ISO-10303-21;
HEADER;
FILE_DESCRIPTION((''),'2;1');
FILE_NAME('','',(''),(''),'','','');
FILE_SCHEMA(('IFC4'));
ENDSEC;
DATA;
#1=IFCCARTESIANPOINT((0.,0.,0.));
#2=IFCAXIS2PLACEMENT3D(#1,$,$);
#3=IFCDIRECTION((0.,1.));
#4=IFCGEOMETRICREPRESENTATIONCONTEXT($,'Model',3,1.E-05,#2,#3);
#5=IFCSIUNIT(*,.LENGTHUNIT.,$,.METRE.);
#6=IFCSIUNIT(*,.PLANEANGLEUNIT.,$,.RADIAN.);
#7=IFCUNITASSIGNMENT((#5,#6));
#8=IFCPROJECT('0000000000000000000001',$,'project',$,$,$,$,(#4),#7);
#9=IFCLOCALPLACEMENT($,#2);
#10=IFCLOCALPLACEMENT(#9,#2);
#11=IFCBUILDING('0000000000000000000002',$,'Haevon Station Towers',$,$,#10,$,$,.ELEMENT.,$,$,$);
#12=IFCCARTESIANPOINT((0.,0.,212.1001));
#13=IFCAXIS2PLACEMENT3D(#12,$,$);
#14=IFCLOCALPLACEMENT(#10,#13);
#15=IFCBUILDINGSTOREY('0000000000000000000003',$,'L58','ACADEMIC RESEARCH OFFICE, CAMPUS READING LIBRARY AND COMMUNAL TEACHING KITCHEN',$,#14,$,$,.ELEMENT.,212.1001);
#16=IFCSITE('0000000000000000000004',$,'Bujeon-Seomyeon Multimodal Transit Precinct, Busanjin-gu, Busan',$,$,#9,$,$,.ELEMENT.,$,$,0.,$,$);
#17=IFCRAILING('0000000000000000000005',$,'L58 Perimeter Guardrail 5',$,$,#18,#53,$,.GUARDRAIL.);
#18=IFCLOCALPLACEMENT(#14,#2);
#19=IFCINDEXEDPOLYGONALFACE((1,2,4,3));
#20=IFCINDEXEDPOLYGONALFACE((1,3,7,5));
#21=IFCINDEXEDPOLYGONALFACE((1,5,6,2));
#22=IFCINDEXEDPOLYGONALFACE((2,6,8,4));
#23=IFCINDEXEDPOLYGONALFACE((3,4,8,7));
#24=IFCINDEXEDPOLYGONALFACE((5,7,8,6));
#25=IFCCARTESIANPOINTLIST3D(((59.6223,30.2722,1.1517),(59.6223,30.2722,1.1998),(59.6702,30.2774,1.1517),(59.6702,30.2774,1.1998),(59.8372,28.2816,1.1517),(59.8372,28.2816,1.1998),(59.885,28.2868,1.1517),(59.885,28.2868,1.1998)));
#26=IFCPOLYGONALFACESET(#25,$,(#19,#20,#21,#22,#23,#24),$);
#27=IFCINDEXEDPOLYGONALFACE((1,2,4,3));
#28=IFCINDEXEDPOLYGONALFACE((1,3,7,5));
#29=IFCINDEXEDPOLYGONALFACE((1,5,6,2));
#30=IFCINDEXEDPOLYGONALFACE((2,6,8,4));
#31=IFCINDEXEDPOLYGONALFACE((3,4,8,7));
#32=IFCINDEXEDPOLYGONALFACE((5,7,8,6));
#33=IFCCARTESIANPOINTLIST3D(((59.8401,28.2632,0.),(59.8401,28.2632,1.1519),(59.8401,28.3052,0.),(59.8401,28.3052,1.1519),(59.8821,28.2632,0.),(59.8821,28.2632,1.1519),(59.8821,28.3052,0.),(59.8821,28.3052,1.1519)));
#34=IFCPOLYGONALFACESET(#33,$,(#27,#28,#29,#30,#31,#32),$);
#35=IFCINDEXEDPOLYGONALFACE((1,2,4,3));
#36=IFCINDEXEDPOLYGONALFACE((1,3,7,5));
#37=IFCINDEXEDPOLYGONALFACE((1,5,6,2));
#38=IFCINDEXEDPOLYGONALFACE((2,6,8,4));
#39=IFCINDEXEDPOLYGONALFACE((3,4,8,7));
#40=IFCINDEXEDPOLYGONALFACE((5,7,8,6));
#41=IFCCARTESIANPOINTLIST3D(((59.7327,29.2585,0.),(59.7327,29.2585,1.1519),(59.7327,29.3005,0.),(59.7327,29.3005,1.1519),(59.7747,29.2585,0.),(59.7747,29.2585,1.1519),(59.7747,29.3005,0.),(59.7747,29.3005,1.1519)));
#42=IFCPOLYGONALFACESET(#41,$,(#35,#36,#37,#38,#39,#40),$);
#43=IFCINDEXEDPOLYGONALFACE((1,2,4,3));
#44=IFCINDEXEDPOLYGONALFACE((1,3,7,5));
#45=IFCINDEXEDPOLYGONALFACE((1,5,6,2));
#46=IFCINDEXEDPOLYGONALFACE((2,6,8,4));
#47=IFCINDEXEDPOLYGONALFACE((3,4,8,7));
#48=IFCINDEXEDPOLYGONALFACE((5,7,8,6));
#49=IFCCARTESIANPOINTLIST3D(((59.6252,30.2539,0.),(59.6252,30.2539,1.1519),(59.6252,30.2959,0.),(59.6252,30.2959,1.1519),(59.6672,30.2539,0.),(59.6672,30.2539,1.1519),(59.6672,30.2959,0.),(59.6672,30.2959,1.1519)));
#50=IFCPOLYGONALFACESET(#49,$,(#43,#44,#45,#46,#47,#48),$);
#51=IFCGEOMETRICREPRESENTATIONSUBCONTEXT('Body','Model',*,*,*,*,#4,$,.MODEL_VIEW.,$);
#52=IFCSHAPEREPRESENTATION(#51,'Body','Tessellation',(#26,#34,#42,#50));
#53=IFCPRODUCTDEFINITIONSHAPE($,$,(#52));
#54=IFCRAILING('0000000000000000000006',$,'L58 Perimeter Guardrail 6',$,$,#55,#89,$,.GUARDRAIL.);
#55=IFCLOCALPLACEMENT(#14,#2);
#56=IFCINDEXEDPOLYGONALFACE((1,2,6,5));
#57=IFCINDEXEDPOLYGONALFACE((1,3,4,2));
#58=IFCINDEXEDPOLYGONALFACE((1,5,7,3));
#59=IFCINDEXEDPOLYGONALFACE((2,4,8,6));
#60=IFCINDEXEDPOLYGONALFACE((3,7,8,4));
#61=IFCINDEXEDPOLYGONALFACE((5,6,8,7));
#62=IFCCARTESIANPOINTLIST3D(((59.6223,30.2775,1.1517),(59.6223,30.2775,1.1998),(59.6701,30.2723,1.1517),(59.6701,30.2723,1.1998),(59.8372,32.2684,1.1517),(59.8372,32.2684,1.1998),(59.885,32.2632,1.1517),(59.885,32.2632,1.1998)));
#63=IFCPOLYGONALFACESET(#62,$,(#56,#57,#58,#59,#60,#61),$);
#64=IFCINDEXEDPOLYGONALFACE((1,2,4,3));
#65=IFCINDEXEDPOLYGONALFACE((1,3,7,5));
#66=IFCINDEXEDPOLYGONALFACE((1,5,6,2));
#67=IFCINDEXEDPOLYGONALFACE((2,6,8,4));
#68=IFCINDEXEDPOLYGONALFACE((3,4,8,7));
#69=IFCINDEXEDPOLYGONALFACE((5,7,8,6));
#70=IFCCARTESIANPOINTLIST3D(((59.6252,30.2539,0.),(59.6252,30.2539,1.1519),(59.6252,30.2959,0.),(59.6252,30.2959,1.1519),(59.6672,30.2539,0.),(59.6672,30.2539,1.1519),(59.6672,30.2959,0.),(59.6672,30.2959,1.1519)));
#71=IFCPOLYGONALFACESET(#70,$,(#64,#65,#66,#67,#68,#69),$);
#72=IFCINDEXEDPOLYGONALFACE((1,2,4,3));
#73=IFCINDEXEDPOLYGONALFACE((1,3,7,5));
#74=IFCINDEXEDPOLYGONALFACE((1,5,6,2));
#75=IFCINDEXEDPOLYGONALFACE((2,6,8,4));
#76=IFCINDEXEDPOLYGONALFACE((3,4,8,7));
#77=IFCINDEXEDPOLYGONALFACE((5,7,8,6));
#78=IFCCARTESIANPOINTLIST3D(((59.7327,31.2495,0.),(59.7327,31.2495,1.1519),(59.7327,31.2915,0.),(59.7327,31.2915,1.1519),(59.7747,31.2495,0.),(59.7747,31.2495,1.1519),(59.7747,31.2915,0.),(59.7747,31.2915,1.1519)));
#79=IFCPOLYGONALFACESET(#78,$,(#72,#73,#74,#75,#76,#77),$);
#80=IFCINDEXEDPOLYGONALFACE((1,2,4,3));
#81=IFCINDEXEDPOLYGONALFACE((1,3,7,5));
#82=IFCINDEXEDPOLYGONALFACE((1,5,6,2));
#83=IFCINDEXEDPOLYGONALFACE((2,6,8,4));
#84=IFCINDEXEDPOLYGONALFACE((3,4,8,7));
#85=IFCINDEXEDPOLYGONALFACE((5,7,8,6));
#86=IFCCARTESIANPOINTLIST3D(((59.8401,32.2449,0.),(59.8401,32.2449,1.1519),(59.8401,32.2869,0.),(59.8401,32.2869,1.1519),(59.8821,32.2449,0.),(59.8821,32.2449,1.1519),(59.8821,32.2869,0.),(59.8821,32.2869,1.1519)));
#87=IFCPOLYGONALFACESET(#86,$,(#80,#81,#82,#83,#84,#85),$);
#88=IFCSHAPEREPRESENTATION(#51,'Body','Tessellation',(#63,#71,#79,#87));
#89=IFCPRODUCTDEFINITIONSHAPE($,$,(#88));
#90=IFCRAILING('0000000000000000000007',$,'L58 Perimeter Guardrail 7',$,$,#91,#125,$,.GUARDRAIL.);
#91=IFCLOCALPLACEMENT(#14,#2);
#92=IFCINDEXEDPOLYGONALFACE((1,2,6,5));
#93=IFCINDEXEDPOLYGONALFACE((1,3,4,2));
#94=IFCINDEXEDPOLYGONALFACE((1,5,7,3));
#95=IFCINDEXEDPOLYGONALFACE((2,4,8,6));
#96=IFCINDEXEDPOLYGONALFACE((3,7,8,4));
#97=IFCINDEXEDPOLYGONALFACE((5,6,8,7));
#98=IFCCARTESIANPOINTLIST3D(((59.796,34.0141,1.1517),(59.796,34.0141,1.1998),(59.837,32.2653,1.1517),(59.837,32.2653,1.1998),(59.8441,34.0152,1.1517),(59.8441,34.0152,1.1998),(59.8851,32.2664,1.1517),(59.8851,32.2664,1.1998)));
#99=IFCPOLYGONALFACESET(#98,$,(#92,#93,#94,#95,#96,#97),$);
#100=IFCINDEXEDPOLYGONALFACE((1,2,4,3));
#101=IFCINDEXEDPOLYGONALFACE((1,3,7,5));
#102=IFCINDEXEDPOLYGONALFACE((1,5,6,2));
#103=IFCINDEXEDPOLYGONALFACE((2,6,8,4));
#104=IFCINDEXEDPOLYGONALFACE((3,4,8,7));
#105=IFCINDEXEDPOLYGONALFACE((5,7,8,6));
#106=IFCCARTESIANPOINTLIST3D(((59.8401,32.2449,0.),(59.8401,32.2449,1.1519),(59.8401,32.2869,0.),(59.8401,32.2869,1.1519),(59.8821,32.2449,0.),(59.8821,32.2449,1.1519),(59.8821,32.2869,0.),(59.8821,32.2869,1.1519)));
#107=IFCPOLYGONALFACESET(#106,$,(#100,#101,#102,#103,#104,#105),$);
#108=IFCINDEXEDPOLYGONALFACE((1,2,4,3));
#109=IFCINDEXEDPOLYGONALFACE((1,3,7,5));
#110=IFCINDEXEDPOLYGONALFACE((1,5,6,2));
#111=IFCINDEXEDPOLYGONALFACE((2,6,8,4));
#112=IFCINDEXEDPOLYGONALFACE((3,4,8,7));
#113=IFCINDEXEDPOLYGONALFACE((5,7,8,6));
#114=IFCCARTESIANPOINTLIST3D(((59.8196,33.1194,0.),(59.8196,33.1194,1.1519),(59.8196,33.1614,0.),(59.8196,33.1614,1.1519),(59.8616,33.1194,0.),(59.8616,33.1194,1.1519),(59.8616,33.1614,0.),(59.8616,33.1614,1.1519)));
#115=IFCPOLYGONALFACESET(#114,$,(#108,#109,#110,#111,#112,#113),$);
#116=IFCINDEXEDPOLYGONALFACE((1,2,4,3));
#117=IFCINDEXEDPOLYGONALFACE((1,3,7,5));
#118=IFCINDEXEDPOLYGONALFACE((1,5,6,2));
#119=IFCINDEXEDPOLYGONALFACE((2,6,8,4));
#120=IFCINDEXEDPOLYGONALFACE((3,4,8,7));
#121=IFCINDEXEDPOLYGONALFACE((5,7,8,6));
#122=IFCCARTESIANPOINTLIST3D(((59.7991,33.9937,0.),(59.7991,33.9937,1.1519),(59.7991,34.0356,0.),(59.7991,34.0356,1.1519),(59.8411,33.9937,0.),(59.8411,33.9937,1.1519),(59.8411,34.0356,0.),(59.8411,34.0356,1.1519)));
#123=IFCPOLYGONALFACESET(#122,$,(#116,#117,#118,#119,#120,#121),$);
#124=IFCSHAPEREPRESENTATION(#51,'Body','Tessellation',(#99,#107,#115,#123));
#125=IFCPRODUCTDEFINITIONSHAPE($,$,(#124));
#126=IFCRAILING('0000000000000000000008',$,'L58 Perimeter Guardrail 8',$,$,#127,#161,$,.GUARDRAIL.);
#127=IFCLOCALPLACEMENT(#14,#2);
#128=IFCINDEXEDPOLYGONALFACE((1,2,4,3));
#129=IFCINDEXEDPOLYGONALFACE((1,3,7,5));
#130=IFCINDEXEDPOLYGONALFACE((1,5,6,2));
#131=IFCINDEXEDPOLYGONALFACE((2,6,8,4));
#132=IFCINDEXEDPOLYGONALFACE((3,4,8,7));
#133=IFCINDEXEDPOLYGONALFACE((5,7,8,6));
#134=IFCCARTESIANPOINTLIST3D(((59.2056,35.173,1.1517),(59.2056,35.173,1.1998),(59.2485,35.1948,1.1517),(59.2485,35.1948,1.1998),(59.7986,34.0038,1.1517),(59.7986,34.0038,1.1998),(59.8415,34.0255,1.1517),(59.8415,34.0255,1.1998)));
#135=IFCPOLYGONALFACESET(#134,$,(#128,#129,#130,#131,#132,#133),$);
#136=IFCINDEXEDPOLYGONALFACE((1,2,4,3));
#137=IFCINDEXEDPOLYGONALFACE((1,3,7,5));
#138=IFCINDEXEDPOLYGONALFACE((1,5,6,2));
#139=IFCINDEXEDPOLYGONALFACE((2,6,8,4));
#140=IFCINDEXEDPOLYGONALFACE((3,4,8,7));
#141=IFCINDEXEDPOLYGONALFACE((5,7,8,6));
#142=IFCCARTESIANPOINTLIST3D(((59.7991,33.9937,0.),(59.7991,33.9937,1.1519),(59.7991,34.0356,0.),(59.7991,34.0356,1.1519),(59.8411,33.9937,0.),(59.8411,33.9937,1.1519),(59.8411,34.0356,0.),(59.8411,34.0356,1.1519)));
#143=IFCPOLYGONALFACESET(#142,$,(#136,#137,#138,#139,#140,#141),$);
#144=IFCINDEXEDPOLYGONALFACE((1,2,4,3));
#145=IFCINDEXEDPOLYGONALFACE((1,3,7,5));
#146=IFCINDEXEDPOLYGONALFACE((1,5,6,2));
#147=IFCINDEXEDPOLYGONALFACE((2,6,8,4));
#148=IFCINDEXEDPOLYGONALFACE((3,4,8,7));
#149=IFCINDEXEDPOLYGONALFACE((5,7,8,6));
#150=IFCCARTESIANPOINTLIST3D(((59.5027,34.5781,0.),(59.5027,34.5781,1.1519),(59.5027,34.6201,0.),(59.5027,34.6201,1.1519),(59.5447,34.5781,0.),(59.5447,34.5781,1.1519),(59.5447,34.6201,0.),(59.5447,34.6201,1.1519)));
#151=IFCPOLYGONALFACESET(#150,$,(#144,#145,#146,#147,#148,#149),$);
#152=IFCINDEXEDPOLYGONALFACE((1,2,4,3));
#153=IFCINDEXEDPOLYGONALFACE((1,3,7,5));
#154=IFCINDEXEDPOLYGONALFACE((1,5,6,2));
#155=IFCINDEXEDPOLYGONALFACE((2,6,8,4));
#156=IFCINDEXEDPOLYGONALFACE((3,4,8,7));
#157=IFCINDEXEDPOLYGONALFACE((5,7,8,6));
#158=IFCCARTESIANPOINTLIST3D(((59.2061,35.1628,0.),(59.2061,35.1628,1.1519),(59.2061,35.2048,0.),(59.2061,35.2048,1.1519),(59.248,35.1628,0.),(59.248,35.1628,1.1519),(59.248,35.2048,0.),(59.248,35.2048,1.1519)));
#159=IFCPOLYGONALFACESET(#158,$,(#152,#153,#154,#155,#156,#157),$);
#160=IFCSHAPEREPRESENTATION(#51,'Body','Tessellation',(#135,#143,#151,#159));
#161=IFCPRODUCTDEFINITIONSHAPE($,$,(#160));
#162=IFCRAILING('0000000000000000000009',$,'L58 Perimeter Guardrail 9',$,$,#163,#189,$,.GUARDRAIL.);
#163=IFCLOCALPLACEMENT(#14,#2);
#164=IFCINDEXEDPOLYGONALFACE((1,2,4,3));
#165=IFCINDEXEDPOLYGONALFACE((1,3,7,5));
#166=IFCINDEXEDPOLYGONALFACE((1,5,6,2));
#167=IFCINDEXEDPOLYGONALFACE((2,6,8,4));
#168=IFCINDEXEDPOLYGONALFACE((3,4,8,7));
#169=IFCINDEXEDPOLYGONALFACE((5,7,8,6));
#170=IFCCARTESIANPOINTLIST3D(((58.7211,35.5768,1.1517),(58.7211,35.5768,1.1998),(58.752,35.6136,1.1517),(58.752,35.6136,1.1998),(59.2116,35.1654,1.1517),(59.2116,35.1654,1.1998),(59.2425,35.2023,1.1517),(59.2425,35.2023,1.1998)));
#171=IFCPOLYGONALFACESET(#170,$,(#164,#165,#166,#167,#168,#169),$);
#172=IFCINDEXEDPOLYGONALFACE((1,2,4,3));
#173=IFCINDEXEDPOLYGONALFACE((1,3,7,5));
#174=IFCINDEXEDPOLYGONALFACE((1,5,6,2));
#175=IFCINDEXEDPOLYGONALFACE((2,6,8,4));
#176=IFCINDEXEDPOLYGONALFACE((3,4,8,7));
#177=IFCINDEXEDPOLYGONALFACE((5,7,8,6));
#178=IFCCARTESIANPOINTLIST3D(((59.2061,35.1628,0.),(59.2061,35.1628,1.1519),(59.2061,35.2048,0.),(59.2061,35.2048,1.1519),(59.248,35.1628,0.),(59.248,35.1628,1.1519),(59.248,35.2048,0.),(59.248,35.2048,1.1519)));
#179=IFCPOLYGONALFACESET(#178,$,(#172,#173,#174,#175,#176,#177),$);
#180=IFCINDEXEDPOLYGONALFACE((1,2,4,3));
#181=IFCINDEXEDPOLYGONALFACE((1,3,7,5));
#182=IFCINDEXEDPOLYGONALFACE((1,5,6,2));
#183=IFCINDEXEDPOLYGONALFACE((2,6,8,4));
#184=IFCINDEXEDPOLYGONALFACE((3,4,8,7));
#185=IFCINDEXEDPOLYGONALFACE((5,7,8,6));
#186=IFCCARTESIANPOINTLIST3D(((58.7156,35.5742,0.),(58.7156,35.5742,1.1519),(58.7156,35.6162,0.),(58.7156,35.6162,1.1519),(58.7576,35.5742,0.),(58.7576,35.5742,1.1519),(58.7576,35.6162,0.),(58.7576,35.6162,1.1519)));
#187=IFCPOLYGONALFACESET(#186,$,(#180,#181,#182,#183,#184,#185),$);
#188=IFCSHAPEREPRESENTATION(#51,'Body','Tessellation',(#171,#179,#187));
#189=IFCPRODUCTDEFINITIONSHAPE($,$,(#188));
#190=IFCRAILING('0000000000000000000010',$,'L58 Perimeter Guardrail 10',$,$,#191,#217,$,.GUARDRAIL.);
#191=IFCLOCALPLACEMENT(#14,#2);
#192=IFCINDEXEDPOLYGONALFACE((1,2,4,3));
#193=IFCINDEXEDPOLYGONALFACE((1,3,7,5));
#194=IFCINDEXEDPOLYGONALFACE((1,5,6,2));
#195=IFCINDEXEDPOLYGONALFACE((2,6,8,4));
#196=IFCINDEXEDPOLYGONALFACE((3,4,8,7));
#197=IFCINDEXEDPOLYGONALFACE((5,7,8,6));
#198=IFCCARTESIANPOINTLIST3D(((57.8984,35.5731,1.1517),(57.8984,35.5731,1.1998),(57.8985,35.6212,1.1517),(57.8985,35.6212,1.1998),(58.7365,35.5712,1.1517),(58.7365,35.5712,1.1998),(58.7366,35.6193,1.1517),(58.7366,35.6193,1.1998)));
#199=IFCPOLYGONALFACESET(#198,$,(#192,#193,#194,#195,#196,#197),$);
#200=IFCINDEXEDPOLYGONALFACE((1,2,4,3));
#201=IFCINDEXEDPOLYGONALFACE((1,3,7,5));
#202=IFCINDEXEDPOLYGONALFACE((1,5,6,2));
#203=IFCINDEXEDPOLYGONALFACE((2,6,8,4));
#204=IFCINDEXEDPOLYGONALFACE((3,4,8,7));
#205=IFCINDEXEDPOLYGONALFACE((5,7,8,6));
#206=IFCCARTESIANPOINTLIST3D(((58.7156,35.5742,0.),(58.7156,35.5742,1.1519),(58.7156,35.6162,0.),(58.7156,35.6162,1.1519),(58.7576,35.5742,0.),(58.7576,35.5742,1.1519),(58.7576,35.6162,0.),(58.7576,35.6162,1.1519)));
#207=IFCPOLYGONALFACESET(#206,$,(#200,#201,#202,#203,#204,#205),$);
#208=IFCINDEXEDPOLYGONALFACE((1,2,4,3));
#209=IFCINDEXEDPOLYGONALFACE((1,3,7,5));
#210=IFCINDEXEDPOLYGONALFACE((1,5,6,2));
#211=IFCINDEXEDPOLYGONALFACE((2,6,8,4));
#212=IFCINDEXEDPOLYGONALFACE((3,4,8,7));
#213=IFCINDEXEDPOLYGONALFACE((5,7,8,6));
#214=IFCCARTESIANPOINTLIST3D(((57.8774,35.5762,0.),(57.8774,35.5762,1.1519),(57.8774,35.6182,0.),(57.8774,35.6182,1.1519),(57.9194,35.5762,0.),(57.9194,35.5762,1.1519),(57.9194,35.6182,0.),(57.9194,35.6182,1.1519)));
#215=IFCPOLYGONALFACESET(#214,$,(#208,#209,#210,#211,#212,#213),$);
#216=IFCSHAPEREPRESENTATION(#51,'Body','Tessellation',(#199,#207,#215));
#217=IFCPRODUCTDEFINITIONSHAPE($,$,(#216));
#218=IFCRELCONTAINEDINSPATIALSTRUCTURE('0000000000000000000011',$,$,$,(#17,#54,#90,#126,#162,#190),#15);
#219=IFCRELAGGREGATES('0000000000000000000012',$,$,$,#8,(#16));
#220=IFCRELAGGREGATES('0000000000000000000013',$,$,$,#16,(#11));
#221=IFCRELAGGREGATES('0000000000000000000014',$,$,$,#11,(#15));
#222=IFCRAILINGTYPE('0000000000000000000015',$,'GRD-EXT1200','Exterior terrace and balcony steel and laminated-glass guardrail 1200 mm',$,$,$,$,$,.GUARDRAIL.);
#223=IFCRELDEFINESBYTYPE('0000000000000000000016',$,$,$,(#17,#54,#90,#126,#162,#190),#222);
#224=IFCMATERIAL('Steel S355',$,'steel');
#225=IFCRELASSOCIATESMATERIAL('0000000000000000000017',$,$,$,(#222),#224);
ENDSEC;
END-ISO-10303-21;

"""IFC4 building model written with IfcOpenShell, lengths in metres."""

from ifc_helpers import new_model, si_unit, direction, frame, origin, origin_2d, place, context, subcontext, project, spatial, rectangle, extrude, material, type_object, element, save


model = new_model("IFC4")

# Units and contexts
model_context = context("Model", 3, precision=1e-05, world=origin(), true_north=direction((0.0, 1.0)))
body_context = subcontext(model_context, "Body", "Model", "MODEL_VIEW")
ifc_project = project(units=[si_unit("LENGTHUNIT", "METRE"), si_unit("PLANEANGLEUNIT", "RADIAN")], contexts=[model_context])

# Site, building, storey
site_placement = place(None, origin())
site = spatial("IfcSite", under=ifc_project, at=site_placement, Name="Bujeon-Seomyeon Multimodal Transit Precinct, Busanjin-gu, Busan", CompositionType="ELEMENT", RefElevation=0.0)
building_placement = place(site_placement, origin())
building = spatial("IfcBuilding", under=site, at=building_placement, Name="Haevon Station Towers", CompositionType="ELEMENT")
storey_placement = place(building_placement, frame((0.0, 0.0, 212.1001)))
storey = spatial("IfcBuildingStorey", under=building, at=storey_placement, Name="L58", Description="ACADEMIC RESEARCH OFFICE, CAMPUS READING LIBRARY AND COMMUNAL TEACHING KITCHEN", CompositionType="ELEMENT", Elevation=212.1001)

# Shared definitions
ifc_material_1 = material(Name="Steel S355", Category="steel")

# Railings
railing_type = type_object("IfcRailingType", Name="GRD-EXT1200", Description="Exterior terrace and balcony steel and laminated-glass guardrail 1200 mm", PredefinedType="GUARDRAIL", material=ifc_material_1)
railing_1_placement = place(storey_placement, frame((59.8611, 28.2842, 0.0)))
element("IfcRailing", 1, at=railing_1_placement, inside=storey, type_object=railing_type, Name="L58 Perimeter Guardrail 5", PredefinedType="GUARDRAIL", context=body_context, shape_type="SweptSolid", body=[
    extrude(rectangle(XDim=0.0481, YDim=0.0481, at=origin_2d()), frame((0.0, 0.0, 1.1758), z_axis=(-0.107299, 0.994227, 0.0), x_axis=(-0.994227, -0.107299, 0.0)), (0.0, 0.0, 1.0), 2.0022),
    extrude(rectangle(XDim=0.042, YDim=0.042, at=origin_2d()), origin(), (0.0, 0.0, 1.0), 1.1519),
    extrude(rectangle(XDim=0.042, YDim=0.042, at=origin_2d()), frame((-0.1074, 0.9954, 0.0)), (0.0, 0.0, 1.0), 1.1519),
    extrude(rectangle(XDim=0.042, YDim=0.042, at=origin_2d()), frame((-0.2148, 1.9907, 0.0)), (0.0, 0.0, 1.0), 1.1519),
])
railing_2_placement = place(storey_placement, frame((59.6462, 30.2749, 0.0)))
element("IfcRailing", 2, at=railing_2_placement, inside=storey, type_object=railing_type, Name="L58 Perimeter Guardrail 6", PredefinedType="GUARDRAIL", context=body_context, shape_type="SweptSolid", body=[
    extrude(rectangle(XDim=0.0481, YDim=0.0481, at=origin_2d()), frame((0.0, 0.0, 1.1758), z_axis=(0.107286, 0.994228, 0.0), x_axis=(-0.994228, 0.107286, 0.0)), (0.0, 0.0, 1.0), 2.0024),
    extrude(rectangle(XDim=0.042, YDim=0.042, at=origin_2d()), origin(), (0.0, 0.0, 1.0), 1.1519),
    extrude(rectangle(XDim=0.042, YDim=0.042, at=origin_2d()), frame((0.1074, 0.9956, 0.0)), (0.0, 0.0, 1.0), 1.1519),
    extrude(rectangle(XDim=0.042, YDim=0.042, at=origin_2d()), frame((0.2148, 1.991, 0.0)), (0.0, 0.0, 1.0), 1.1519),
])
railing_3_placement = place(storey_placement, frame((59.8611, 32.2659, 0.0)))
element("IfcRailing", 3, at=railing_3_placement, inside=storey, type_object=railing_type, Name="L58 Perimeter Guardrail 7", PredefinedType="GUARDRAIL", context=body_context, shape_type="SweptSolid", body=[
    extrude(rectangle(XDim=0.0481, YDim=0.0481, at=origin_2d()), frame((0.0, 0.0, 1.1758), z_axis=(-0.023447, 0.999725, 0.0), x_axis=(-0.999725, -0.023447, 0.0)), (0.0, 0.0, 1.0), 1.7493),
    extrude(rectangle(XDim=0.042, YDim=0.042, at=origin_2d()), origin(), (0.0, 0.0, 1.0), 1.1519),
    extrude(rectangle(XDim=0.042, YDim=0.042, at=origin_2d()), frame((-0.0205, 0.8745, 0.0)), (0.0, 0.0, 1.0), 1.1519),
    extrude(rectangle(XDim=0.042, YDim=0.042, at=origin_2d()), frame((-0.041, 1.7488, 0.0)), (0.0, 0.0, 1.0), 1.1519),
])
railing_4_placement = place(storey_placement, frame((59.8201, 34.0146, 0.0)))
element("IfcRailing", 4, at=railing_4_placement, inside=storey, type_object=railing_type, Name="L58 Perimeter Guardrail 8", PredefinedType="GUARDRAIL", context=body_context, shape_type="SweptSolid", body=[
    extrude(rectangle(XDim=0.0481, YDim=0.0481, at=origin_2d()), frame((0.0, 0.0, 1.1758), z_axis=(-0.452346, 0.891842, 0.0), x_axis=(-0.891842, -0.452346, 0.0)), (0.0, 0.0, 1.0), 1.311),
    extrude(rectangle(XDim=0.042, YDim=0.042, at=origin_2d()), origin(), (0.0, 0.0, 1.0), 1.1519),
    extrude(rectangle(XDim=0.042, YDim=0.042, at=origin_2d()), frame((-0.2964, 0.5845, 0.0)), (0.0, 0.0, 1.0), 1.1519),
    extrude(rectangle(XDim=0.042, YDim=0.042, at=origin_2d()), frame((-0.593, 1.1692, 0.0)), (0.0, 0.0, 1.0), 1.1519),
])
railing_5_placement = place(storey_placement, frame((59.2271, 35.1838, 0.0)))
element("IfcRailing", 5, at=railing_5_placement, inside=storey, type_object=railing_type, Name="L58 Perimeter Guardrail 9", PredefinedType="GUARDRAIL", context=body_context, shape_type="SweptSolid", body=[
    extrude(rectangle(XDim=0.0481, YDim=0.0481, at=origin_2d()), frame((0.0, 0.0, 1.1758), z_axis=(-0.766185, 0.642619, 0.0), x_axis=(-0.642619, -0.766185, 0.0)), (0.0, 0.0, 1.0), 0.6401),
    extrude(rectangle(XDim=0.042, YDim=0.042, at=origin_2d()), origin(), (0.0, 0.0, 1.0), 1.1519),
    extrude(rectangle(XDim=0.042, YDim=0.042, at=origin_2d()), frame((-0.4905, 0.4114, 0.0)), (0.0, 0.0, 1.0), 1.1519),
])
railing_6_placement = place(storey_placement, frame((58.7366, 35.5952, 0.0)))
element("IfcRailing", 6, at=railing_6_placement, inside=storey, type_object=railing_type, Name="L58 Perimeter Guardrail 10", PredefinedType="GUARDRAIL", context=body_context, shape_type="SweptSolid", body=[
    extrude(rectangle(XDim=0.0481, YDim=0.0481, at=origin_2d()), frame((0.0, 0.0, 1.1758), z_axis=(-0.999997, 0.00233, 0.0), x_axis=(-0.00233, -0.999997, 0.0)), (0.0, 0.0, 1.0), 0.8381),
    extrude(rectangle(XDim=0.042, YDim=0.042, at=origin_2d()), origin(), (0.0, 0.0, 1.0), 1.1519),
    extrude(rectangle(XDim=0.042, YDim=0.042, at=origin_2d()), frame((-0.8381, 0.002, 0.0)), (0.0, 0.0, 1.0), 1.1519),
])

save(model, "model.ifc")
